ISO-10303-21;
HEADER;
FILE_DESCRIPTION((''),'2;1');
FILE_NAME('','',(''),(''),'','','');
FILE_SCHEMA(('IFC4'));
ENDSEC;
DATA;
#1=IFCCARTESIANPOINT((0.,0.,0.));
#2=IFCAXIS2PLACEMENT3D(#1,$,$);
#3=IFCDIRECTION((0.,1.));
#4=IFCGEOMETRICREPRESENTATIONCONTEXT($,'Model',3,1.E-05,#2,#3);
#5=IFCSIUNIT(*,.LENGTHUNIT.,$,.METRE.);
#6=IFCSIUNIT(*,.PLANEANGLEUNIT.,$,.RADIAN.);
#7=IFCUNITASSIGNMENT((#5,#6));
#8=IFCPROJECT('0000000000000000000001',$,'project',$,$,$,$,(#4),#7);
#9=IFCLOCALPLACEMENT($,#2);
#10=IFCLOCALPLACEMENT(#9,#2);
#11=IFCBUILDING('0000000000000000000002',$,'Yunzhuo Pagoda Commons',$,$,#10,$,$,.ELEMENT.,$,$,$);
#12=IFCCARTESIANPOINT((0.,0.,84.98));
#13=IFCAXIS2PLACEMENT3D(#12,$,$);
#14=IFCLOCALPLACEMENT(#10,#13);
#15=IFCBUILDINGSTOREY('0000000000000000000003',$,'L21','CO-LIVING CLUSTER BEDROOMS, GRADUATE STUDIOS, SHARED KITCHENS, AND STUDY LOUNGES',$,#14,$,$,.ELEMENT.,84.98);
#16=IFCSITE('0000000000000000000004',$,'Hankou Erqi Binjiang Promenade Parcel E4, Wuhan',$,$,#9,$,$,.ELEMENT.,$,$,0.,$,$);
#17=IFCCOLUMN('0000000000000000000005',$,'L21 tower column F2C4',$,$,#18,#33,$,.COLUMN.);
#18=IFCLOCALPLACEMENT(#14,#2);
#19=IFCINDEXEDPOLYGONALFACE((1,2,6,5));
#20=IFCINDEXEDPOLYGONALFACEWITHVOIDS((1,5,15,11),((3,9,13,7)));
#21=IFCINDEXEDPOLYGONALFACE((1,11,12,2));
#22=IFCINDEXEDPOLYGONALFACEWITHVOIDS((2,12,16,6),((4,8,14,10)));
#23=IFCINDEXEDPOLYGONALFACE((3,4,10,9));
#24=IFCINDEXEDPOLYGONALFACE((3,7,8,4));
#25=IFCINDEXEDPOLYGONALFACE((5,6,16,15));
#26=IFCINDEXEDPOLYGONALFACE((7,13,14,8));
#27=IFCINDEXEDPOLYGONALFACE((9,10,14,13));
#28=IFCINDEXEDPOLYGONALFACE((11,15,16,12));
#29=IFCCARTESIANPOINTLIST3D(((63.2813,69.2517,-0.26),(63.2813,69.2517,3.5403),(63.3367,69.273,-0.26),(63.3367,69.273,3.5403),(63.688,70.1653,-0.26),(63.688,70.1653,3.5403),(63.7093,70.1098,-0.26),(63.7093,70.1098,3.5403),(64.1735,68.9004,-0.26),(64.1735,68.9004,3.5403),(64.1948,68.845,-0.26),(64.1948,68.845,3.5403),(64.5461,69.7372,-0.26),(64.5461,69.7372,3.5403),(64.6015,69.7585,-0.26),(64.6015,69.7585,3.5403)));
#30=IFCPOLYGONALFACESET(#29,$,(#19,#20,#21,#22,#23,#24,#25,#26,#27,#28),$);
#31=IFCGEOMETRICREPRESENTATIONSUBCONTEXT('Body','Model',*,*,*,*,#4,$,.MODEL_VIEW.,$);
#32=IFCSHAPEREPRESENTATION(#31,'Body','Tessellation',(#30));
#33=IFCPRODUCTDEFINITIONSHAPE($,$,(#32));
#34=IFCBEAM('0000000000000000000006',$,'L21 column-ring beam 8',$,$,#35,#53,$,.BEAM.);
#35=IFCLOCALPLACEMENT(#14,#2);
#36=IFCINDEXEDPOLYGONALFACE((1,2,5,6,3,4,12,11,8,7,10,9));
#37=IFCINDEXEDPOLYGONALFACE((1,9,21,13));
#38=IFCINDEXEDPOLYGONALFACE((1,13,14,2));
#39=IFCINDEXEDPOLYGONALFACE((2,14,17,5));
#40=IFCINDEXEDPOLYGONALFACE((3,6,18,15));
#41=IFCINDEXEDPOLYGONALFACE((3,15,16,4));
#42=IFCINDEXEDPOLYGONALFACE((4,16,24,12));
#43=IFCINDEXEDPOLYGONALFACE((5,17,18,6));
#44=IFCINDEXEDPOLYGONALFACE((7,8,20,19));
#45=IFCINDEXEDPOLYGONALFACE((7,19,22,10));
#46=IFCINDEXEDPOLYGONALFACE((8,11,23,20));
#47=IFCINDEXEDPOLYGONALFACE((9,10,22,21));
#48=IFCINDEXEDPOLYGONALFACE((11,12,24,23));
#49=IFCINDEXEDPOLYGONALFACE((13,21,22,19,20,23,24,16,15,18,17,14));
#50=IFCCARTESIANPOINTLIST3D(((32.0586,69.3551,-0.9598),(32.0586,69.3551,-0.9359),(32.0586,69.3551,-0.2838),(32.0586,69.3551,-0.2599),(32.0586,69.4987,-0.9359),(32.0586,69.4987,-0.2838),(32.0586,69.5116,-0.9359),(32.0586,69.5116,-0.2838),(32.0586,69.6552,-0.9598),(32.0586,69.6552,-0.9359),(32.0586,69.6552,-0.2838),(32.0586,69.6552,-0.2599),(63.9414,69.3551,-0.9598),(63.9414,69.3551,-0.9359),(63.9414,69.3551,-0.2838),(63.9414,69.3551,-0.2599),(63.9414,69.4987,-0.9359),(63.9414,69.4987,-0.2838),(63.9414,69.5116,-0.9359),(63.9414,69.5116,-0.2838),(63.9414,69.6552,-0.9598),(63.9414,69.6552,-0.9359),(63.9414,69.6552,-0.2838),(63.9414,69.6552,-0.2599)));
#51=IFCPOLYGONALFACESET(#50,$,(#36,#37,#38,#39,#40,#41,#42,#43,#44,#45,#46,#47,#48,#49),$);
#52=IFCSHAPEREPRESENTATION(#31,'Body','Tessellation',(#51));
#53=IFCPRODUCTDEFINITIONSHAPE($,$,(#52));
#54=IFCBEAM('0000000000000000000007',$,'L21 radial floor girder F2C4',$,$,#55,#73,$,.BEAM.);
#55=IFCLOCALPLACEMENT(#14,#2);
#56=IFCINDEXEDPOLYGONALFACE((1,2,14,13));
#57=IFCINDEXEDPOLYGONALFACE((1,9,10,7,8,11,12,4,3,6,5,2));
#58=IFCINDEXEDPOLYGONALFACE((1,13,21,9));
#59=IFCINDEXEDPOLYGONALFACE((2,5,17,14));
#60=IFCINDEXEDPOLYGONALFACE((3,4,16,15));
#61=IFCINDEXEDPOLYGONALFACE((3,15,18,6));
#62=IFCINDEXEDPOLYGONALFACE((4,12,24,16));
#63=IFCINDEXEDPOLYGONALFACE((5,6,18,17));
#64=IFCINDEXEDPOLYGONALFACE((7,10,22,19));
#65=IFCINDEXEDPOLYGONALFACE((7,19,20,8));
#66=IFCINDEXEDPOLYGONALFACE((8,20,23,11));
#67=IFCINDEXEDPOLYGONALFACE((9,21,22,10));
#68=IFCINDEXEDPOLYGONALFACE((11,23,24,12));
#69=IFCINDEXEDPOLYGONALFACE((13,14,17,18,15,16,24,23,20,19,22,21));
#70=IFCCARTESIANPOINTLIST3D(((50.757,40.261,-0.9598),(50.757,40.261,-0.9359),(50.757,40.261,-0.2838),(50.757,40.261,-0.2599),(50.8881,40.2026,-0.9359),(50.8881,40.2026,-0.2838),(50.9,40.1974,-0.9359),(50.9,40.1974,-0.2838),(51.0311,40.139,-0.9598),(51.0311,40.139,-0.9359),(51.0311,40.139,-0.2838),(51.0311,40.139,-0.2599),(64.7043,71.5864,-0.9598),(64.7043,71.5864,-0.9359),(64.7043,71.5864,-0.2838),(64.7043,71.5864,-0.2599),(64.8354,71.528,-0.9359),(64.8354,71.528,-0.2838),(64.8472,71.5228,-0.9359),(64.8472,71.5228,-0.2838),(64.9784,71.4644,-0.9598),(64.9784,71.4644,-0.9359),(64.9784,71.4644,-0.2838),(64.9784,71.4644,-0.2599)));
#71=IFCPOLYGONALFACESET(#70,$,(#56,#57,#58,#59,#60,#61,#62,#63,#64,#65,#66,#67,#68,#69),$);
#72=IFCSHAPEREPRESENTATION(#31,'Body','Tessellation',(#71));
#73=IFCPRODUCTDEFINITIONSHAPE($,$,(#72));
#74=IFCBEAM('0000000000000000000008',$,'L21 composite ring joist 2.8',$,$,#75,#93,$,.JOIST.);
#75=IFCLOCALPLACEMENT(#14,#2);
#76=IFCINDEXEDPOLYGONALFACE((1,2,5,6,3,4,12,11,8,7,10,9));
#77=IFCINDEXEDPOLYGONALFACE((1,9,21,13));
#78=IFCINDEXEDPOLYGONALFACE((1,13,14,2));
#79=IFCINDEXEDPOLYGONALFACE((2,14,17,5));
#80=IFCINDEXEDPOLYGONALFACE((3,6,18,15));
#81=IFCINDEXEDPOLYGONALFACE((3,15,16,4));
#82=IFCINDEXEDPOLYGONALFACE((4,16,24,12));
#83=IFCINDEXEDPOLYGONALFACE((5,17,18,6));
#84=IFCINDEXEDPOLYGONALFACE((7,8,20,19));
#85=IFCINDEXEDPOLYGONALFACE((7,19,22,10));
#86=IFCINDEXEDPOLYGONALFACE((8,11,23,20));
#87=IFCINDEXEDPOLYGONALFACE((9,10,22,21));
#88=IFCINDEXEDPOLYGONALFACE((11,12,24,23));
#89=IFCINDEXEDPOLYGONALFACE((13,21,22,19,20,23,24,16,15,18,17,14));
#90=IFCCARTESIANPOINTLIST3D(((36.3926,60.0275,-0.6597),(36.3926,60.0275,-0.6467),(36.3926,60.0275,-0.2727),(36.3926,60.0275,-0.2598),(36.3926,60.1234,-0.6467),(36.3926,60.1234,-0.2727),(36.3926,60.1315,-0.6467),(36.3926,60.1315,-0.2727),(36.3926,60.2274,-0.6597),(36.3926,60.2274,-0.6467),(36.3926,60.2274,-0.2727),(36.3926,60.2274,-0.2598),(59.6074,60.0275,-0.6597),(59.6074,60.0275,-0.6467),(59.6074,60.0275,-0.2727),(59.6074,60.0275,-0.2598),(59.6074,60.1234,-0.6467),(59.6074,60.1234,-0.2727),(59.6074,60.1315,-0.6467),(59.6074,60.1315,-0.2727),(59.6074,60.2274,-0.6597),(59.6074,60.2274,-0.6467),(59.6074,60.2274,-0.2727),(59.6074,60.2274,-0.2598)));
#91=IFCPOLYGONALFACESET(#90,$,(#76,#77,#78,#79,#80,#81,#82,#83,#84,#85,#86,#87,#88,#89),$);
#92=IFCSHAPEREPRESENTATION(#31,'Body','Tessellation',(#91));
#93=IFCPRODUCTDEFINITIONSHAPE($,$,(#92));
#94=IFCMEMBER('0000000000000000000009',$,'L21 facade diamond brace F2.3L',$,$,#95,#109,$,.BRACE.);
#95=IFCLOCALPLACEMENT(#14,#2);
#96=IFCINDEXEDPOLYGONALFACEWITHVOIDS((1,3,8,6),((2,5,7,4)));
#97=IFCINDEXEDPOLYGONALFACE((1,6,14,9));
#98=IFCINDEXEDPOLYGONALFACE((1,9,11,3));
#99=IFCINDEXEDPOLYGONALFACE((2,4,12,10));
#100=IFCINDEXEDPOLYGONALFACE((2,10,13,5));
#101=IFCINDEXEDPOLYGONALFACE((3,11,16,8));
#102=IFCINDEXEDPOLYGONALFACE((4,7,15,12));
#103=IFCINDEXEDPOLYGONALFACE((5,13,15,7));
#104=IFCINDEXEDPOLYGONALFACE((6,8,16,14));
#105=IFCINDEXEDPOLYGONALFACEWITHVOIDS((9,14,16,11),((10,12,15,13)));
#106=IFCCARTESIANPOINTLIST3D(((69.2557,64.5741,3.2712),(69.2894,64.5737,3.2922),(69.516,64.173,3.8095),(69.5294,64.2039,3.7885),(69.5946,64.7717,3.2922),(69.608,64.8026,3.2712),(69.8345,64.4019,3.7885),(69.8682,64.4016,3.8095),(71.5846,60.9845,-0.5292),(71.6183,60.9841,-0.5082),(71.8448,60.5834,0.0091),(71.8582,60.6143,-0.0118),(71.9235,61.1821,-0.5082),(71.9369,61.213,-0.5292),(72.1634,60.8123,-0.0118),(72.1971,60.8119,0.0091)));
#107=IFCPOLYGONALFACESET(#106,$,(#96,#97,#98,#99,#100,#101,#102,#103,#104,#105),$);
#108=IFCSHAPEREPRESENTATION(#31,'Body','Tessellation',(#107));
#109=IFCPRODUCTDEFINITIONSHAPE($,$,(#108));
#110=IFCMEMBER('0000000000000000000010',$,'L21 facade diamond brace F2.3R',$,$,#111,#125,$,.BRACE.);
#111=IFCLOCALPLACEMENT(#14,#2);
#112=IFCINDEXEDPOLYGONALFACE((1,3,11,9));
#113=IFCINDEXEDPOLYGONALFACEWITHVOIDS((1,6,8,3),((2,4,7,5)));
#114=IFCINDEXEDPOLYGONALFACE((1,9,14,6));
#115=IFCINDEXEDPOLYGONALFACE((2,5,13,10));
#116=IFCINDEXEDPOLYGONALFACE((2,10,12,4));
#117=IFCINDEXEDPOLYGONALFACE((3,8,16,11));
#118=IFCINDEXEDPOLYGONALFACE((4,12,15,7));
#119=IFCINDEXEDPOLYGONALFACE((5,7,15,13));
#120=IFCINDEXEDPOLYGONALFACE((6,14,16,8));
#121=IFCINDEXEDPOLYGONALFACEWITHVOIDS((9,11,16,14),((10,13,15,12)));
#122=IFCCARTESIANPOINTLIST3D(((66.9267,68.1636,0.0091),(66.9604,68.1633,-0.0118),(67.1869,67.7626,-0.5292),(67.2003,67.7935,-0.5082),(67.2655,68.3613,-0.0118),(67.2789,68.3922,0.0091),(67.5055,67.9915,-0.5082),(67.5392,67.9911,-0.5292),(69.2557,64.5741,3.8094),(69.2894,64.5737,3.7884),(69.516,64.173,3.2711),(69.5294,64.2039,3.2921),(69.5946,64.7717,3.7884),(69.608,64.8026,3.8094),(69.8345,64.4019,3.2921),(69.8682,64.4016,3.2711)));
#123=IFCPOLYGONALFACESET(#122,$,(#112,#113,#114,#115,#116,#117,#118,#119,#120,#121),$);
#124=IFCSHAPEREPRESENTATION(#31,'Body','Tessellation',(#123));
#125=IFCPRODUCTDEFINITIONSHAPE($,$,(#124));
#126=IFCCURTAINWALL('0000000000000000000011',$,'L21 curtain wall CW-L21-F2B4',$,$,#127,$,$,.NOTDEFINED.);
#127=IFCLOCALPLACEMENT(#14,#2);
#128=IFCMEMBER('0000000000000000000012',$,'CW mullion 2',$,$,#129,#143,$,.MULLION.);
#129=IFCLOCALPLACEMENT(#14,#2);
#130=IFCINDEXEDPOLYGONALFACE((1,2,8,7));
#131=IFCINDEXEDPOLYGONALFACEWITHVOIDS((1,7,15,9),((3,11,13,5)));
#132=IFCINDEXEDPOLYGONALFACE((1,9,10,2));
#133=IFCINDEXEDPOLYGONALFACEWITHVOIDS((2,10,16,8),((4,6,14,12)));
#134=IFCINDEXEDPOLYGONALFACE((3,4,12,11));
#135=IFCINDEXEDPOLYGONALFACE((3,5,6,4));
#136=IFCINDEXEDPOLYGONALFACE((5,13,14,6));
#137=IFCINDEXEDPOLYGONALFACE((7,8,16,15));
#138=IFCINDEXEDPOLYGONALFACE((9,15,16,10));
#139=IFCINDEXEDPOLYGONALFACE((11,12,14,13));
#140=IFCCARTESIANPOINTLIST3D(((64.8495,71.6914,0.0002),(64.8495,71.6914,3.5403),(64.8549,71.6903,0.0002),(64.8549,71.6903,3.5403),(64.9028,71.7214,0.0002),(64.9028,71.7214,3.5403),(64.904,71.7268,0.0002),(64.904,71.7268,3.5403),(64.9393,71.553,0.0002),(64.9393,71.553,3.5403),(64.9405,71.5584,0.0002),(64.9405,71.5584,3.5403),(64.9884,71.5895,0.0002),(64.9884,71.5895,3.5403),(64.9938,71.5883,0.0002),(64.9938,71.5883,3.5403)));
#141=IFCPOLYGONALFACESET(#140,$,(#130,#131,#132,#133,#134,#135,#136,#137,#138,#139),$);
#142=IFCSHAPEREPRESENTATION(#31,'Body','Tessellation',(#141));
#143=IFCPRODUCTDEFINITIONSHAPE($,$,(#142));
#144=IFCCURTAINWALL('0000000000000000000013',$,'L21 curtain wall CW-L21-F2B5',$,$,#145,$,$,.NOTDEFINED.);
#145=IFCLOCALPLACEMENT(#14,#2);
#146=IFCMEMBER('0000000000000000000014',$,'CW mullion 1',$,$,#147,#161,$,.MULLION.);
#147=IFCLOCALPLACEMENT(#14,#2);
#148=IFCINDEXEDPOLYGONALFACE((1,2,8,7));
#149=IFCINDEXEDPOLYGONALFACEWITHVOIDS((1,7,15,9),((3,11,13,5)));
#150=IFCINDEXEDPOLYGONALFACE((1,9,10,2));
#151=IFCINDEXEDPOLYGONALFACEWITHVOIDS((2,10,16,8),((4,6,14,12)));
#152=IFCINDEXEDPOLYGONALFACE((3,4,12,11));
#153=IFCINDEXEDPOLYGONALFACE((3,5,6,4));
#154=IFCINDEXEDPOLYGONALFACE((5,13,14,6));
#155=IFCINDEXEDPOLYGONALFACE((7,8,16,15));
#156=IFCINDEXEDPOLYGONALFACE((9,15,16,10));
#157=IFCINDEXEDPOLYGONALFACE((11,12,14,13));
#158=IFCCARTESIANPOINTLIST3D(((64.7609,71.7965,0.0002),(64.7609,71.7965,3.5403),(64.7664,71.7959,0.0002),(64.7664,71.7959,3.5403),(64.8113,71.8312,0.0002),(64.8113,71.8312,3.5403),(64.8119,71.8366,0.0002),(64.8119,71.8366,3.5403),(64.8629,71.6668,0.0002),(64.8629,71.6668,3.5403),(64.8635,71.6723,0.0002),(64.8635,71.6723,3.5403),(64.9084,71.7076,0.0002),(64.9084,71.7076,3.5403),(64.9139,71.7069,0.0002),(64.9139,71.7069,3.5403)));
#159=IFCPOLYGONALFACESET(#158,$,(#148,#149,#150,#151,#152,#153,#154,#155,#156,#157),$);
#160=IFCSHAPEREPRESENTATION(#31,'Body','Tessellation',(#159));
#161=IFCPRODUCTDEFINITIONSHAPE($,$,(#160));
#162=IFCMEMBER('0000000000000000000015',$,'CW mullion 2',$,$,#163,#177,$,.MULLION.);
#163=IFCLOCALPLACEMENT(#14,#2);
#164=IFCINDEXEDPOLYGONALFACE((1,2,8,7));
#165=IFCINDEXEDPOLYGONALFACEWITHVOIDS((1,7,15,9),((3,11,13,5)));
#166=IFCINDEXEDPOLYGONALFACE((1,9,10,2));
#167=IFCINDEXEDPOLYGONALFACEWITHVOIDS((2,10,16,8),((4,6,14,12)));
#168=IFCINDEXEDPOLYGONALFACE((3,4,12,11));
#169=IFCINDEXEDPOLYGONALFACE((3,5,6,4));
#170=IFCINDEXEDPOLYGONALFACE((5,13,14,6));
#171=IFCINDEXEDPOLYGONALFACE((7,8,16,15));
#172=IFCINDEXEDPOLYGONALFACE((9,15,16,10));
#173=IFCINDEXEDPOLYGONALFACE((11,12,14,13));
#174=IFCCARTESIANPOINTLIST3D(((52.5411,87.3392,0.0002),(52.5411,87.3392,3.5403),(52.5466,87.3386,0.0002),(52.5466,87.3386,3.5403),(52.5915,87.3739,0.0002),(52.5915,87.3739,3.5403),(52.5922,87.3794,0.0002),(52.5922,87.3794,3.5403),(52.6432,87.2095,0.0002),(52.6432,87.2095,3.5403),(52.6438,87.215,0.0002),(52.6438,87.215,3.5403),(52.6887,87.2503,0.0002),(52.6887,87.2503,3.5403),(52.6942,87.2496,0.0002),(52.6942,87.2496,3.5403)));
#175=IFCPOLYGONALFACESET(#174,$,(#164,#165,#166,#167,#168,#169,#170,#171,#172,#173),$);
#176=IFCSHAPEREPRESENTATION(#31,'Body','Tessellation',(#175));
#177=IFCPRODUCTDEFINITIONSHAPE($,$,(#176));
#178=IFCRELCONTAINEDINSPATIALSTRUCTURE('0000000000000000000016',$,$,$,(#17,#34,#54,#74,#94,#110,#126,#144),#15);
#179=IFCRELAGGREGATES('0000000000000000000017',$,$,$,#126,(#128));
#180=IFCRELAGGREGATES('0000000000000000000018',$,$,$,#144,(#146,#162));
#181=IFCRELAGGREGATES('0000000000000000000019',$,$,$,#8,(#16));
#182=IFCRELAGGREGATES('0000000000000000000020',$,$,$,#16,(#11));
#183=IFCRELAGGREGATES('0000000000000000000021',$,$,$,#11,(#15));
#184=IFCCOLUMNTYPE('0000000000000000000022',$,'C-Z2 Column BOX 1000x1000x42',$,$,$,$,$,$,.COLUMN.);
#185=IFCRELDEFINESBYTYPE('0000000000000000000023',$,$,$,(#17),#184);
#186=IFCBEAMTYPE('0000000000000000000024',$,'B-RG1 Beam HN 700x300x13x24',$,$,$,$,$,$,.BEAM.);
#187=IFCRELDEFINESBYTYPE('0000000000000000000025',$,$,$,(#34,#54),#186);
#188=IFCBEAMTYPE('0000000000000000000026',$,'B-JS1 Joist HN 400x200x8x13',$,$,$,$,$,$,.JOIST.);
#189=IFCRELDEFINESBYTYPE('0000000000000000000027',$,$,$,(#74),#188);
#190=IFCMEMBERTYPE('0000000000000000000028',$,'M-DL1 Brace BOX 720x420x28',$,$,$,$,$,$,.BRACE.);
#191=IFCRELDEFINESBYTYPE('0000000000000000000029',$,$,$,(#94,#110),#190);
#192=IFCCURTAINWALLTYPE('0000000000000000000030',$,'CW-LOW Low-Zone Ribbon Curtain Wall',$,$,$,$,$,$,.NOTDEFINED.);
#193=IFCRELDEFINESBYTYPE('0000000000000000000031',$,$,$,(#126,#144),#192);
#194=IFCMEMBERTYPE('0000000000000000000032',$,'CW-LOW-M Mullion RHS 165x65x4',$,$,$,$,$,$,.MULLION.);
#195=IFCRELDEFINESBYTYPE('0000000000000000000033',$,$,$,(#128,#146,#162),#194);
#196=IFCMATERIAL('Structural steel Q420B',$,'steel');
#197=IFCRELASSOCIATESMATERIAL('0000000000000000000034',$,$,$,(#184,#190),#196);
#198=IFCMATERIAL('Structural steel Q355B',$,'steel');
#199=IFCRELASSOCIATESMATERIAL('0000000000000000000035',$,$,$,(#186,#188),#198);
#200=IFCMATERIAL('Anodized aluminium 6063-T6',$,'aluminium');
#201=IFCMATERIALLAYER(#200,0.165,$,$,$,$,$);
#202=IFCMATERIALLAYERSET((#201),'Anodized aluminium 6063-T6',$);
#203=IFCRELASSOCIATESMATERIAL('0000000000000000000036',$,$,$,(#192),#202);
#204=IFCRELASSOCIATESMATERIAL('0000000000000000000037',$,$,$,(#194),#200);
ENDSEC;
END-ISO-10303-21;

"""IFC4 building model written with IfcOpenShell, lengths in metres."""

from ifc_helpers import new_model, si_unit, direction, frame, origin, origin_2d, place, context, subcontext, project, spatial, hollow_rectangle, i_section, extrude, source, transform, mapped, material, layer, layer_set, material_profile, profile_set, type_object, element, aggregate, save


model = new_model("IFC4")

# Units and contexts
model_context = context("Model", 3, precision=1e-05, world=origin(), true_north=direction((0.0, 1.0)))
body_context = subcontext(model_context, "Body", "Model", "MODEL_VIEW")
ifc_project = project(units=[si_unit("LENGTHUNIT", "METRE"), si_unit("PLANEANGLEUNIT", "RADIAN")], contexts=[model_context])

# Site, building, storey
site_placement = place(None, origin())
site = spatial("IfcSite", under=ifc_project, at=site_placement, Name="Hankou Erqi Binjiang Promenade Parcel E4, Wuhan", CompositionType="ELEMENT", RefElevation=0.0)
building_placement = place(site_placement, origin())
building = spatial("IfcBuilding", under=site, at=building_placement, Name="Yunzhuo Pagoda Commons", CompositionType="ELEMENT")
storey_placement = place(building_placement, frame((0.0, 0.0, 84.98)))
storey = spatial("IfcBuildingStorey", under=building, at=storey_placement, Name="L21", Description="CO-LIVING CLUSTER BEDROOMS, GRADUATE STUDIOS, SHARED KITCHENS, AND STUDY LOUNGES", CompositionType="ELEMENT", Elevation=84.98)

# Column
ifc_material_1 = material(Name="Structural steel Q420B", Category="steel")
ifc_material_profile_1 = material_profile(ifc_material_1, hollow_rectangle(XDim=1.0, YDim=1.0, WallThickness=0.042, at=origin_2d()), Name="Structural steel Q420B")
ifc_profile_set_1 = profile_set([ifc_material_profile_1], Name="Structural steel Q420B")
column_type = type_object("IfcColumnType", Name="C-Z2 Column BOX 1000x1000x42", PredefinedType="COLUMN", material=ifc_profile_set_1)
shared_shape_1 = source(origin(), body_context, "Body", "SweptSolid", [
    extrude(hollow_rectangle(XDim=1.0, YDim=1.0, WallThickness=0.042, at=origin_2d()), origin(), (0.0, 0.0, 1.0), 3.8003),
])
column_placement = place(storey_placement, frame((63.9414, 69.5051, -0.26), z_axis=(0.0, 0.0, 1.0), x_axis=(-0.913545, 0.406737, 0.0)))
element("IfcColumn", 1, at=column_placement, inside=storey, type_object=column_type, Name="L21 tower column F2C4", PredefinedType="COLUMN", context=body_context, shape_type="MappedRepresentation", body=[
    mapped(shared_shape_1, transform((0.0, 0.0, 0.0), scale=1.0)),
])

# Beams
ifc_material_2 = material(Name="Structural steel Q355B", Category="steel")
ifc_material_profile_2 = material_profile(ifc_material_2, i_section(OverallWidth=0.3, OverallDepth=0.7, WebThickness=0.0129, FlangeThickness=0.0239, at=origin_2d()), Name="Structural steel Q355B")
ifc_profile_set_2 = profile_set([ifc_material_profile_2], Name="Structural steel Q355B")
beam_type_1 = type_object("IfcBeamType", Name="B-RG1 Beam HN 700x300x13x24", PredefinedType="BEAM", material=ifc_profile_set_2)
shared_shape_2 = source(origin(), body_context, "Body", "SweptSolid", [
    extrude(i_section(OverallWidth=0.3, OverallDepth=0.7, WebThickness=0.0129, FlangeThickness=0.0239, at=origin_2d()), origin(), (0.0, 0.0, 1.0), 31.8828),
])
beam_1_placement = place(storey_placement, frame((63.9414, 69.5051, -0.6099), z_axis=(-1.0, 0.0, 0.0), x_axis=(0.0, -1.0, 0.0)))
element("IfcBeam", 2, at=beam_1_placement, inside=storey, type_object=beam_type_1, Name="L21 column-ring beam 8", PredefinedType="BEAM", context=body_context, shape_type="MappedRepresentation", body=[
    mapped(shared_shape_2, transform((0.0, 0.0, 0.0), scale=1.0)),
])
shared_shape_3 = source(origin(), body_context, "Body", "SweptSolid", [
    extrude(i_section(OverallWidth=0.3, OverallDepth=0.7, WebThickness=0.0129, FlangeThickness=0.0239, at=origin_2d()), origin(), (0.0, 0.0, 1.0), 34.29),
])
beam_2_placement = place(storey_placement, frame((64.8413, 71.5254, -0.6099), z_axis=(-0.406743, -0.913542, 0.0), x_axis=(0.913542, -0.406743, 0.0)))
element("IfcBeam", 3, at=beam_2_placement, inside=storey, type_object=beam_type_1, Name="L21 radial floor girder F2C4", PredefinedType="BEAM", context=body_context, shape_type="MappedRepresentation", body=[
    mapped(shared_shape_3, transform((0.0, 0.0, 0.0), scale=1.0)),
])
ifc_material_profile_3 = material_profile(ifc_material_2, i_section(OverallWidth=0.2, OverallDepth=0.3999, WebThickness=0.0081, FlangeThickness=0.0129, at=origin_2d()), Name="Structural steel Q355B")
ifc_profile_set_3 = profile_set([ifc_material_profile_3], Name="Structural steel Q355B")
beam_type_2 = type_object("IfcBeamType", Name="B-JS1 Joist HN 400x200x8x13", PredefinedType="JOIST", material=ifc_profile_set_3)
shared_shape_4 = source(origin(), body_context, "Body", "SweptSolid", [
    extrude(i_section(OverallWidth=0.2, OverallDepth=0.3999, WebThickness=0.0081, FlangeThickness=0.0129, at=origin_2d()), origin(), (0.0, 0.0, 1.0), 23.2148),
])
beam_3_placement = place(storey_placement, frame((59.6074, 60.1274, -0.4597), z_axis=(-1.0, 0.0, 0.0), x_axis=(0.0, -1.0, 0.0)))
element("IfcBeam", 4, at=beam_3_placement, inside=storey, type_object=beam_type_2, Name="L21 composite ring joist 2.8", PredefinedType="JOIST", context=body_context, shape_type="MappedRepresentation", body=[
    mapped(shared_shape_4, transform((0.0, 0.0, 0.0), scale=1.0)),
])

# Members
ifc_material_profile_4 = material_profile(ifc_material_1, hollow_rectangle(XDim=0.4199, YDim=0.72, WallThickness=0.0281, at=origin_2d()), Name="Structural steel Q420B")
ifc_profile_set_4 = profile_set([ifc_material_profile_4], Name="Structural steel Q420B")
member_type_1 = type_object("IfcMemberType", Name="M-DL1 Brace BOX 720x420x28", PredefinedType="BRACE", material=ifc_profile_set_4)
shared_shape_5 = source(origin(), body_context, "Body", "SweptSolid", [
    extrude(hollow_rectangle(XDim=0.4199, YDim=0.72, WallThickness=0.0281, at=origin_2d()), origin(), (0.0, 0.0, 1.0), 5.7229),
])
for number, where, z_axis, x_axis, name in (
    (5, (71.8909, 60.8982, -0.26), (-0.40694, 0.62724, 0.664056), (-0.838911, -0.544268, 0.0), "L21 facade diamond brace F2.3L"),
    (6, (67.2329, 68.0774, -0.26), (0.406976, -0.627229, 0.664044), (0.838885, 0.544308, 0.0), "L21 facade diamond brace F2.3R"),
):
    element("IfcMember", number, at=place(storey_placement, frame(where, z_axis=z_axis, x_axis=x_axis)), inside=storey, type_object=member_type_1, Name=name, PredefinedType="BRACE", context=body_context, shape_type="MappedRepresentation", body=[
        mapped(shared_shape_5, transform((0.0, 0.0, 0.0), scale=1.0)),
    ])

# Curtain wall, member
ifc_material_3 = material(Name="Anodized aluminium 6063-T6", Category="aluminium")
ifc_layer_1 = layer(ifc_material_3, 0.165)
ifc_layer_set_1 = layer_set([ifc_layer_1], Name="Anodized aluminium 6063-T6")
curtain_wall_type = type_object("IfcCurtainWallType", Name="CW-LOW Low-Zone Ribbon Curtain Wall", PredefinedType="NOTDEFINED", material=ifc_layer_set_1)
curtain_wall_1_placement = place(storey_placement, origin())
curtain_wall_1 = element("IfcCurtainWall", 7, at=curtain_wall_1_placement, inside=storey, type_object=curtain_wall_type, Name="L21 curtain wall CW-L21-F2B4", PredefinedType="NOTDEFINED")
ifc_material_profile_5 = material_profile(ifc_material_3, hollow_rectangle(XDim=0.0649, YDim=0.165, WallThickness=0.0039, at=origin_2d()), Name="Anodized aluminium 6063-T6")
ifc_profile_set_5 = profile_set([ifc_material_profile_5], Name="Anodized aluminium 6063-T6")
member_type_2 = type_object("IfcMemberType", Name="CW-LOW-M Mullion RHS 165x65x4", PredefinedType="MULLION", material=ifc_profile_set_5)
shared_shape_6 = source(origin(), body_context, "Body", "SweptSolid", [
    extrude(hollow_rectangle(XDim=0.0649, YDim=0.165, WallThickness=0.0039, at=origin_2d()), origin(), (0.0, 0.0, 1.0), 3.54),
])
member_1_placement = place(storey_placement, frame((64.9216, 71.6399, 0.0002), z_axis=(0.0, 0.0, 1.0), x_axis=(-0.838907, -0.544275, 0.0)))
member_1 = element("IfcMember", 8, at=member_1_placement, type_object=member_type_2, Name="CW mullion 2", PredefinedType="MULLION", context=body_context, shape_type="MappedRepresentation", body=[
    mapped(shared_shape_6, transform((0.0, 0.0, 0.0), scale=1.0)),
])

# Curtain wall, members
curtain_wall_2_placement = place(storey_placement, origin())
curtain_wall_2 = element("IfcCurtainWall", 9, at=curtain_wall_2_placement, inside=storey, type_object=curtain_wall_type, Name="L21 curtain wall CW-L21-F2B5", PredefinedType="NOTDEFINED")
member_2_placement = place(storey_placement, frame((64.8374, 71.7517, 0.0002), z_axis=(0.0, 0.0, 1.0), x_axis=(-0.786131, -0.61806, 0.0)))
member_2 = element("IfcMember", 10, at=member_2_placement, type_object=member_type_2, Name="CW mullion 1", PredefinedType="MULLION", context=body_context, shape_type="MappedRepresentation", body=[
    mapped(shared_shape_6, transform((0.0, 0.0, 0.0), scale=1.0)),
])
member_3_placement = place(storey_placement, frame((52.6177, 87.2944, 0.0002), z_axis=(0.0, 0.0, 1.0), x_axis=(-0.786131, -0.61806, 0.0)))
member_3 = element("IfcMember", 11, at=member_3_placement, type_object=member_type_2, Name="CW mullion 2", PredefinedType="MULLION", context=body_context, shape_type="MappedRepresentation", body=[
    mapped(shared_shape_6, transform((0.0, 0.0, 0.0), scale=1.0)),
])

aggregate(curtain_wall_1, [member_1])
aggregate(curtain_wall_2, [member_2, member_3])

save(model, "model.ifc")
